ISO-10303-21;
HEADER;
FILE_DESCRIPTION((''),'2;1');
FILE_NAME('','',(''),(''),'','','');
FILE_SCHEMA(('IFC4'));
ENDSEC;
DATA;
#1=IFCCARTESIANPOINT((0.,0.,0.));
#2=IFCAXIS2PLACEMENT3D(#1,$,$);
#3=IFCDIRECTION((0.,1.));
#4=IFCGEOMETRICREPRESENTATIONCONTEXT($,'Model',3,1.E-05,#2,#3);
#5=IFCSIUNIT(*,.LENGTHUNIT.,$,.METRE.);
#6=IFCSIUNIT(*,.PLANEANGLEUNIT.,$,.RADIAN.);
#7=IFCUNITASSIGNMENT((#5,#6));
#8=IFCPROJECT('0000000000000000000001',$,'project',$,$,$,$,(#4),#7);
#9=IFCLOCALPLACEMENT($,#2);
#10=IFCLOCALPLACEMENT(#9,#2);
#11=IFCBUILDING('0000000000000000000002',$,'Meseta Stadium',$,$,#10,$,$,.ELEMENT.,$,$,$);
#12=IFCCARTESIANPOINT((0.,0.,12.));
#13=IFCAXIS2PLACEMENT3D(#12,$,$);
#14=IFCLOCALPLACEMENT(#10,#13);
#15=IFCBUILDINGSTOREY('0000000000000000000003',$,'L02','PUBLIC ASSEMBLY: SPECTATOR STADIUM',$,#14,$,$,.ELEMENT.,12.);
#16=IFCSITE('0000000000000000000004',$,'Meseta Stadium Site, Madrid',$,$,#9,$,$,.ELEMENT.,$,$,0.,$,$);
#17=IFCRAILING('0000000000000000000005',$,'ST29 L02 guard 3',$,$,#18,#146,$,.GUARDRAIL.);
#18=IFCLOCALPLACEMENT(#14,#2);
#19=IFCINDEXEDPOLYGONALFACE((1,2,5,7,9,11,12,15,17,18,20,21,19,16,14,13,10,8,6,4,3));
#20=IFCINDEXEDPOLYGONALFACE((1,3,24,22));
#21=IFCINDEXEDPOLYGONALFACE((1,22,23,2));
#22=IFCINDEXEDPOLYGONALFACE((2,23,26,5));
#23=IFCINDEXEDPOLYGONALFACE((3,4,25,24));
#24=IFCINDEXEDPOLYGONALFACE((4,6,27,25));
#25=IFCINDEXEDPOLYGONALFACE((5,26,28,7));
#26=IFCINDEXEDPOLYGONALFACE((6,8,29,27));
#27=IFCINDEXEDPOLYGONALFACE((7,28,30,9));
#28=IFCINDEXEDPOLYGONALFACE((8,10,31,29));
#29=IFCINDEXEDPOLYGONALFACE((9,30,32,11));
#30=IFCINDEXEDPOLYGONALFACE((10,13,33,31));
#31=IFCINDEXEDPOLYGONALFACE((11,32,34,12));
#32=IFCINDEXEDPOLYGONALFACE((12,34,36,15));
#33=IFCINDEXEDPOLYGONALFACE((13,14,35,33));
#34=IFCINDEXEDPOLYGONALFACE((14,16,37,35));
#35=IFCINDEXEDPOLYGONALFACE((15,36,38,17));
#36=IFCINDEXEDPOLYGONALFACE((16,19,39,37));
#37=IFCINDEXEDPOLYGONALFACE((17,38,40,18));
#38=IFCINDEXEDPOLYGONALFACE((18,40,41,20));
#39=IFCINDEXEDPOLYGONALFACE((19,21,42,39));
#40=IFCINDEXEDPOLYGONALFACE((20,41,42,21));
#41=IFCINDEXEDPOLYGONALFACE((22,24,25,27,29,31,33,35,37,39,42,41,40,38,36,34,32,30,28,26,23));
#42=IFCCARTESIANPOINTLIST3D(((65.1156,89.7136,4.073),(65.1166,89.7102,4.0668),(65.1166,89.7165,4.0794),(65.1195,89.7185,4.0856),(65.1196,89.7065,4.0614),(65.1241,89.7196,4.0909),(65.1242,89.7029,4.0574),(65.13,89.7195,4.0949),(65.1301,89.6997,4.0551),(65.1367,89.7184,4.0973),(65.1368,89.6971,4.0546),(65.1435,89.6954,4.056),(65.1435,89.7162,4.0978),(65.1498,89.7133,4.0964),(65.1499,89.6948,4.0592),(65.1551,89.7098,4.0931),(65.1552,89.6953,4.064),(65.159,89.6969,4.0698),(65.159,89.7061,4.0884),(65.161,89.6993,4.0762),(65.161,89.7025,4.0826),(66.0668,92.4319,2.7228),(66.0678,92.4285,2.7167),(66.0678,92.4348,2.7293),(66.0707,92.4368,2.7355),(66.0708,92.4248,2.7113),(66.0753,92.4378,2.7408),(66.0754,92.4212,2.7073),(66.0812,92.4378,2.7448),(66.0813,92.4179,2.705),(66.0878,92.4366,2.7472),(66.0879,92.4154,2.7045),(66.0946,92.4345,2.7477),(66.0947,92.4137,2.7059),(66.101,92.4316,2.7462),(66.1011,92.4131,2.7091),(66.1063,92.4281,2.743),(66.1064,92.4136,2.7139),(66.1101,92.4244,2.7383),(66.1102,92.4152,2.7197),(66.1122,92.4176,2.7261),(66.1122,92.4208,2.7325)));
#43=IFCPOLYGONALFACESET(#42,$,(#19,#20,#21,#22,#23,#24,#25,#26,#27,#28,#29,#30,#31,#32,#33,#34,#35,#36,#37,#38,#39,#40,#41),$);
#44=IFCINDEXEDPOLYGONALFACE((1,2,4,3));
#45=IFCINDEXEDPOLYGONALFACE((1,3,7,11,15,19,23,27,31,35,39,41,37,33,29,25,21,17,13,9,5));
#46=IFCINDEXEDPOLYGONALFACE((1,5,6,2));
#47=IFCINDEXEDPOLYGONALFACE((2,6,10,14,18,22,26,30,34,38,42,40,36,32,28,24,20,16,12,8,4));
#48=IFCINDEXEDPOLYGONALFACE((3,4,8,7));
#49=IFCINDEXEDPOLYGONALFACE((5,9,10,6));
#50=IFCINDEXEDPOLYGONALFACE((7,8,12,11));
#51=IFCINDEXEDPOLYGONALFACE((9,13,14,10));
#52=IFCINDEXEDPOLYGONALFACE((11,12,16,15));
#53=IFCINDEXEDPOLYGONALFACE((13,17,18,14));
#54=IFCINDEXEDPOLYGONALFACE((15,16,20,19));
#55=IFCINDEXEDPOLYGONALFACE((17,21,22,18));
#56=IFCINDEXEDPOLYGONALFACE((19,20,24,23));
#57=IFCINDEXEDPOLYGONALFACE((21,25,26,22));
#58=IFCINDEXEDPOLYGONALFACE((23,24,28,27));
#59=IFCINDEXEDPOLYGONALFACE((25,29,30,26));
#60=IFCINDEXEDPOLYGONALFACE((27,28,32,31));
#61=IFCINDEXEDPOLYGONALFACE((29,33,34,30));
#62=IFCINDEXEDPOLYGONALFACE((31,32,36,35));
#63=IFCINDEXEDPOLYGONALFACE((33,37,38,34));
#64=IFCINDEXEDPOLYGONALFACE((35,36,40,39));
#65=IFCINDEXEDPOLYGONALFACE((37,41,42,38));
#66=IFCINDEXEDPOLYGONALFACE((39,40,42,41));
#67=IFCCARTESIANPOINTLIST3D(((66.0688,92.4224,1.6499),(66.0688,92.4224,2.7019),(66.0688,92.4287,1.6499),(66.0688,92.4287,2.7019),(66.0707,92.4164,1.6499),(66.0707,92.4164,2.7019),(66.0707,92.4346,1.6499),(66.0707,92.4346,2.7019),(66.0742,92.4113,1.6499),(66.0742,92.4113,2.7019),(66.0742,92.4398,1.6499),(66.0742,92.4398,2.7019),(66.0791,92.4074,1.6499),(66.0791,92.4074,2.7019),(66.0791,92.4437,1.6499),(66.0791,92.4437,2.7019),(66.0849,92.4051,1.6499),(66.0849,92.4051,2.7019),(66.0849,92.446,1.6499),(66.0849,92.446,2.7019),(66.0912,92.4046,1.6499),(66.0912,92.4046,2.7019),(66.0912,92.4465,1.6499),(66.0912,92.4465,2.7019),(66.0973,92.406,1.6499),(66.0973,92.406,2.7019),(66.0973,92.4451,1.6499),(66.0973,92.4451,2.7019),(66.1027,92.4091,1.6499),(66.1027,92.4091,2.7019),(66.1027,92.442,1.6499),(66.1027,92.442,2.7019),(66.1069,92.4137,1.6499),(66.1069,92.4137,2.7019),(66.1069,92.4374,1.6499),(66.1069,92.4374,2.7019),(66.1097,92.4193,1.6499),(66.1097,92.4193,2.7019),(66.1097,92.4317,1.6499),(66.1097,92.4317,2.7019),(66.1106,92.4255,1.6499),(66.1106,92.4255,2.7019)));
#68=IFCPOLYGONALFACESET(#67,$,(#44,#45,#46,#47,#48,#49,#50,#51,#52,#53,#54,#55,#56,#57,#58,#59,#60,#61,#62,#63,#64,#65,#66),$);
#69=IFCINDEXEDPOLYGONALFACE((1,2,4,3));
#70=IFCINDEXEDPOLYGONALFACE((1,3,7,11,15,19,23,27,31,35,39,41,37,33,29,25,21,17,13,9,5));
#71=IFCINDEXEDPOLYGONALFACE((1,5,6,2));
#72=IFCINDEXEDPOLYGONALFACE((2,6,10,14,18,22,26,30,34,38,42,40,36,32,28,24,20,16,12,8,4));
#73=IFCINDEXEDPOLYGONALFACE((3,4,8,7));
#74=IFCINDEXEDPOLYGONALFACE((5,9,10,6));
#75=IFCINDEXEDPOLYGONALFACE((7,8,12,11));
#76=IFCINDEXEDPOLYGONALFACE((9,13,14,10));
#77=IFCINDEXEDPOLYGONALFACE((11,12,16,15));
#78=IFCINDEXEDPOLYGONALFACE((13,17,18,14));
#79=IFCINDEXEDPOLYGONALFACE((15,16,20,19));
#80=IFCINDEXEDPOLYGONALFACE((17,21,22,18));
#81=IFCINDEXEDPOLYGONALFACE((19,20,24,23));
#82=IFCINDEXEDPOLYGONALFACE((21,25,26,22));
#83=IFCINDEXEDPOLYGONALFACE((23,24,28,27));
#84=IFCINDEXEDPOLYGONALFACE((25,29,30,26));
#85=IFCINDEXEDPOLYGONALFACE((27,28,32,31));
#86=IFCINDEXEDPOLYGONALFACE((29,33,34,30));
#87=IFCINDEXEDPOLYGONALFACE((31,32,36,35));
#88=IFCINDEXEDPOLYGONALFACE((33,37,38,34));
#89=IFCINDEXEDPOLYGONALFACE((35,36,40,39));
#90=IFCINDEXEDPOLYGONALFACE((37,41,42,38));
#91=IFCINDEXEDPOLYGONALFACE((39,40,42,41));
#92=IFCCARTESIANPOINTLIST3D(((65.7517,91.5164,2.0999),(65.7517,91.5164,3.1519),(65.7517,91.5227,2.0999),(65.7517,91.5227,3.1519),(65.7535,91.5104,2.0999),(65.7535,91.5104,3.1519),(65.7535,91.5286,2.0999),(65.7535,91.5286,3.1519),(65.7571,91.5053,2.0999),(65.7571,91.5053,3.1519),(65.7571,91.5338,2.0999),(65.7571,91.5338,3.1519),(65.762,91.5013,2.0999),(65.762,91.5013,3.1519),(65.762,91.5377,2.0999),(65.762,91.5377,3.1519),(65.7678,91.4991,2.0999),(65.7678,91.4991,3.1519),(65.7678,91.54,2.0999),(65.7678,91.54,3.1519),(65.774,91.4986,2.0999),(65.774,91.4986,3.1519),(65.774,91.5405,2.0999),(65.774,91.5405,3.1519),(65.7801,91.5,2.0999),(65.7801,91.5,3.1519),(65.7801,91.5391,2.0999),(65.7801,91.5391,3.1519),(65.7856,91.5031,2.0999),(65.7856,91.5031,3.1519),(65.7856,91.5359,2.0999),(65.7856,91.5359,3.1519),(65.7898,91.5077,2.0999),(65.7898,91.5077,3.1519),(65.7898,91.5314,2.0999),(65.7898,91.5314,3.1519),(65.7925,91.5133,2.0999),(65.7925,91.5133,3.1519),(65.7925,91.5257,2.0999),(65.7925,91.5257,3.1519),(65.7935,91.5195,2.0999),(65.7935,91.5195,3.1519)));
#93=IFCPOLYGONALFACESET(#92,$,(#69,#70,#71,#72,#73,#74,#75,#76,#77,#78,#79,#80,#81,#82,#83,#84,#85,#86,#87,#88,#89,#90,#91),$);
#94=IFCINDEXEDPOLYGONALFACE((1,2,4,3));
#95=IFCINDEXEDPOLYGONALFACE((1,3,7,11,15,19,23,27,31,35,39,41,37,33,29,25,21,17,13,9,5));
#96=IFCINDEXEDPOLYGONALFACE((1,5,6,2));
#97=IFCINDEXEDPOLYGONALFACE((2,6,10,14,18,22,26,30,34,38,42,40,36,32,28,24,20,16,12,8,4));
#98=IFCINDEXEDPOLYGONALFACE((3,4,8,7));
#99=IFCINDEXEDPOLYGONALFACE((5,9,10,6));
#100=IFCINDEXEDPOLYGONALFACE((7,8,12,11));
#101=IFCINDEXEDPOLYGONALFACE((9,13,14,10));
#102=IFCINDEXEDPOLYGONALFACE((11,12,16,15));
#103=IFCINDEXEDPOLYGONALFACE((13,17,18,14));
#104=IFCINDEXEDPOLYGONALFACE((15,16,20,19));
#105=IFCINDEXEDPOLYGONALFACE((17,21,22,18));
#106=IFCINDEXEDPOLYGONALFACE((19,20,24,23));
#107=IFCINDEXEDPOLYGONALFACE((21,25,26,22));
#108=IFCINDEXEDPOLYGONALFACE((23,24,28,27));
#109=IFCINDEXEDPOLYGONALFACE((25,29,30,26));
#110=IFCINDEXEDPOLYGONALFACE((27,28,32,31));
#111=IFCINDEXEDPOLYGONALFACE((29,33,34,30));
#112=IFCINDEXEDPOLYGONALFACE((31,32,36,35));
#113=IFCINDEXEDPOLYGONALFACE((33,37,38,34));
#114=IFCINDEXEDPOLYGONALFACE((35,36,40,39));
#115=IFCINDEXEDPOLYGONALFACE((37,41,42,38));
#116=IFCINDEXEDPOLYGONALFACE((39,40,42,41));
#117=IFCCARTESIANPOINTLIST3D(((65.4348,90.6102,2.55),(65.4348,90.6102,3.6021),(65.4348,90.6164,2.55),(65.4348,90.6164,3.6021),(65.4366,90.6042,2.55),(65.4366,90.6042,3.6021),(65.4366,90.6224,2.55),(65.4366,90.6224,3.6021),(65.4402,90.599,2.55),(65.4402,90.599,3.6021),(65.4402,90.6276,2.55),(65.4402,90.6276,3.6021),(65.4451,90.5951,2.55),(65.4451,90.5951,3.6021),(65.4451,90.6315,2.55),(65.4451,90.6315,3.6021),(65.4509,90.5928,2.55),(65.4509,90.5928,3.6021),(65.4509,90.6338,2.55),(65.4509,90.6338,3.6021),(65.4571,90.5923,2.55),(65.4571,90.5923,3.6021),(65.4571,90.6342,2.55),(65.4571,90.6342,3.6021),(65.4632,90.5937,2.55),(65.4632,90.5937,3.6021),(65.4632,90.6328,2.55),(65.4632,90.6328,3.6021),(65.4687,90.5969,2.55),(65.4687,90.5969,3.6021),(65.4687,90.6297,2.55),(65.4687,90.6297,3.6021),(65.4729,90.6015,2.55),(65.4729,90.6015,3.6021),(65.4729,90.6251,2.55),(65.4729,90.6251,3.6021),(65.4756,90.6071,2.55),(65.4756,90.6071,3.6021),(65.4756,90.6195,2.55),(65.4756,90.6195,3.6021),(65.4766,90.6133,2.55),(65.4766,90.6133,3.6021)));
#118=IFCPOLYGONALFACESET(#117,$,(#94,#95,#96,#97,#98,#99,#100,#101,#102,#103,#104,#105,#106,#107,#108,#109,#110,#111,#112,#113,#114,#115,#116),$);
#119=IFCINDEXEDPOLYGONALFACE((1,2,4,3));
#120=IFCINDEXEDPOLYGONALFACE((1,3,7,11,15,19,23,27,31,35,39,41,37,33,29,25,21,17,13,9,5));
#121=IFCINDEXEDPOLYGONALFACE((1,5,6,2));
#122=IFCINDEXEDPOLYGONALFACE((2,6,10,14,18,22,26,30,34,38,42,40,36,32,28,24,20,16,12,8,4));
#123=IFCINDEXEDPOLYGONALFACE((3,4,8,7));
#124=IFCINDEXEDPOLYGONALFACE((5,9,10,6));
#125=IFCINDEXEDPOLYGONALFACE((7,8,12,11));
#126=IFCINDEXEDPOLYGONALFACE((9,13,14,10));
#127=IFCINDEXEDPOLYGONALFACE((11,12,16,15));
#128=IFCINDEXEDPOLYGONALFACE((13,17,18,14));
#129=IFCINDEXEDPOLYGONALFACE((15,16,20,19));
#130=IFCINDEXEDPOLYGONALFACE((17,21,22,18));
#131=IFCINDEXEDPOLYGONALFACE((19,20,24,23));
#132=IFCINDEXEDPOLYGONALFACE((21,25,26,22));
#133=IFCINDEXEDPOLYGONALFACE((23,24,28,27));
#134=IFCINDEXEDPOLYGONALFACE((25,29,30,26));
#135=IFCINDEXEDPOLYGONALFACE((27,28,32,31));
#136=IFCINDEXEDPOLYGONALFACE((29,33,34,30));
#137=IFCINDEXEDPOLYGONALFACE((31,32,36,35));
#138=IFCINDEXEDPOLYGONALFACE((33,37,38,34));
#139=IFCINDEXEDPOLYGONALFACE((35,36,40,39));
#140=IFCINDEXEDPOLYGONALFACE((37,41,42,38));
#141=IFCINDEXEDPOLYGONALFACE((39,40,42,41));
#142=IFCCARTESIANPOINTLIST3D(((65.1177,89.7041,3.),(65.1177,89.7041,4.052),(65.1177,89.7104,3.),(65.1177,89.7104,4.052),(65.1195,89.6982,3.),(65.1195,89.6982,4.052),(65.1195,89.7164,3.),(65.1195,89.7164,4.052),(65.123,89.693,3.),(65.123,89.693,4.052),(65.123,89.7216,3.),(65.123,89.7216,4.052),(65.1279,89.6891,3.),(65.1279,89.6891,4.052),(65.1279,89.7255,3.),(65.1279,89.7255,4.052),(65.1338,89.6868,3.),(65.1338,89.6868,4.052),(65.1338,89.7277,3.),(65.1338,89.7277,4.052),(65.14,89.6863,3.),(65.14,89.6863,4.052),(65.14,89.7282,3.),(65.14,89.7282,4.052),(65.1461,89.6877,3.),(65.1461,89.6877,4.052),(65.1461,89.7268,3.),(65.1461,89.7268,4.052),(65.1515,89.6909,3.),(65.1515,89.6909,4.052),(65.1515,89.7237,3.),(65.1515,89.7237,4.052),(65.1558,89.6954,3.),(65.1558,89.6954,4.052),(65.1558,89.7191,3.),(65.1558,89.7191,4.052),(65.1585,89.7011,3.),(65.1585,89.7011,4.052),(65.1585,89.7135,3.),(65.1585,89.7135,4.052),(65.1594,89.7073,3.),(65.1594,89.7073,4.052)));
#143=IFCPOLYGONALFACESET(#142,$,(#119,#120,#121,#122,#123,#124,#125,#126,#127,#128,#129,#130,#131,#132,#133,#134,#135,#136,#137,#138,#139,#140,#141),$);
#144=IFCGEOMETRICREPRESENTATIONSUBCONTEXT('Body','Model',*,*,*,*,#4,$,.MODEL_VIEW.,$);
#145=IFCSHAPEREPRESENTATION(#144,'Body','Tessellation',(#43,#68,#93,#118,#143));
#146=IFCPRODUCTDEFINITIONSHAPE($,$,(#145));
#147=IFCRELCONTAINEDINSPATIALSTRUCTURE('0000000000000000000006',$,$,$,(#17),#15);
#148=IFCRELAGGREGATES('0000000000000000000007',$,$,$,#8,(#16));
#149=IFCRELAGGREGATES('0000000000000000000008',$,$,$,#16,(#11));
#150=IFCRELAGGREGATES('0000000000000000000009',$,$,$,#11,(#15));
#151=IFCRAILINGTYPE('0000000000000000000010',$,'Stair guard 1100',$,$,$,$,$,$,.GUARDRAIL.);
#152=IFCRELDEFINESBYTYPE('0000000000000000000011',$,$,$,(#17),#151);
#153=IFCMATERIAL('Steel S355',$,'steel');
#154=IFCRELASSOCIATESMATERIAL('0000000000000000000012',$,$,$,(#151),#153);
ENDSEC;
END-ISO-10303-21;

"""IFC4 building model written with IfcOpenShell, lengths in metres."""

from ifc_helpers import new_model, si_unit, direction, frame, origin, origin_2d, place, context, subcontext, project, spatial, circle, extrude, material, type_object, element, save


model = new_model("IFC4")

# Units and contexts
model_context = context("Model", 3, precision=1e-05, world=origin(), true_north=direction((0.0, 1.0)))
body_context = subcontext(model_context, "Body", "Model", "MODEL_VIEW")
ifc_project = project(units=[si_unit("LENGTHUNIT", "METRE"), si_unit("PLANEANGLEUNIT", "RADIAN")], contexts=[model_context])

# Site, building, storey
site_placement = place(None, origin())
site = spatial("IfcSite", under=ifc_project, at=site_placement, Name="Meseta Stadium Site, Madrid", CompositionType="ELEMENT", RefElevation=0.0)
building_placement = place(site_placement, origin())
building = spatial("IfcBuilding", under=site, at=building_placement, Name="Meseta Stadium", CompositionType="ELEMENT")
storey_placement = place(building_placement, frame((0.0, 0.0, 12.0)))
storey = spatial("IfcBuildingStorey", under=building, at=storey_placement, Name="L02", Description="PUBLIC ASSEMBLY: SPECTATOR STADIUM", CompositionType="ELEMENT", Elevation=12.0)

# Railing
ifc_material_1 = material(Name="Steel S355", Category="steel")
railing_type_1 = type_object("IfcRailingType", Name="Stair guard 1100", PredefinedType="GUARDRAIL", material=ifc_material_1)
railing_1_placement = place(storey_placement, frame((66.0896, 92.4255, 1.6499)))
element("IfcRailing", 1, at=railing_1_placement, inside=storey, type_object=railing_type_1, Name="ST29 L02 guard 3", PredefinedType="GUARDRAIL", context=body_context, shape_type="SweptSolid", body=[
    extrude(circle(Radius=0.0239, at=origin_2d()), frame((0.0, 0.0, 1.0762), z_axis=(-0.299051, -0.854629, 0.424474), x_axis=(0.943882, -0.330282, 0.0)), (0.0, 0.0, 1.0), 3.1807),
    extrude(circle(Radius=0.021, at=origin_2d()), origin(), (0.0, 0.0, 1.0), 1.052),
    extrude(circle(Radius=0.021, at=origin_2d()), frame((-0.3171, -0.906, 0.45)), (0.0, 0.0, 1.0), 1.052),
    extrude(circle(Radius=0.021, at=origin_2d()), frame((-0.634, -1.8123, 0.9001)), (0.0, 0.0, 1.0), 1.052),
    extrude(circle(Radius=0.021, at=origin_2d()), frame((-0.9512, -2.7183, 1.3501)), (0.0, 0.0, 1.0), 1.052),
])

save(model, "model.ifc")
